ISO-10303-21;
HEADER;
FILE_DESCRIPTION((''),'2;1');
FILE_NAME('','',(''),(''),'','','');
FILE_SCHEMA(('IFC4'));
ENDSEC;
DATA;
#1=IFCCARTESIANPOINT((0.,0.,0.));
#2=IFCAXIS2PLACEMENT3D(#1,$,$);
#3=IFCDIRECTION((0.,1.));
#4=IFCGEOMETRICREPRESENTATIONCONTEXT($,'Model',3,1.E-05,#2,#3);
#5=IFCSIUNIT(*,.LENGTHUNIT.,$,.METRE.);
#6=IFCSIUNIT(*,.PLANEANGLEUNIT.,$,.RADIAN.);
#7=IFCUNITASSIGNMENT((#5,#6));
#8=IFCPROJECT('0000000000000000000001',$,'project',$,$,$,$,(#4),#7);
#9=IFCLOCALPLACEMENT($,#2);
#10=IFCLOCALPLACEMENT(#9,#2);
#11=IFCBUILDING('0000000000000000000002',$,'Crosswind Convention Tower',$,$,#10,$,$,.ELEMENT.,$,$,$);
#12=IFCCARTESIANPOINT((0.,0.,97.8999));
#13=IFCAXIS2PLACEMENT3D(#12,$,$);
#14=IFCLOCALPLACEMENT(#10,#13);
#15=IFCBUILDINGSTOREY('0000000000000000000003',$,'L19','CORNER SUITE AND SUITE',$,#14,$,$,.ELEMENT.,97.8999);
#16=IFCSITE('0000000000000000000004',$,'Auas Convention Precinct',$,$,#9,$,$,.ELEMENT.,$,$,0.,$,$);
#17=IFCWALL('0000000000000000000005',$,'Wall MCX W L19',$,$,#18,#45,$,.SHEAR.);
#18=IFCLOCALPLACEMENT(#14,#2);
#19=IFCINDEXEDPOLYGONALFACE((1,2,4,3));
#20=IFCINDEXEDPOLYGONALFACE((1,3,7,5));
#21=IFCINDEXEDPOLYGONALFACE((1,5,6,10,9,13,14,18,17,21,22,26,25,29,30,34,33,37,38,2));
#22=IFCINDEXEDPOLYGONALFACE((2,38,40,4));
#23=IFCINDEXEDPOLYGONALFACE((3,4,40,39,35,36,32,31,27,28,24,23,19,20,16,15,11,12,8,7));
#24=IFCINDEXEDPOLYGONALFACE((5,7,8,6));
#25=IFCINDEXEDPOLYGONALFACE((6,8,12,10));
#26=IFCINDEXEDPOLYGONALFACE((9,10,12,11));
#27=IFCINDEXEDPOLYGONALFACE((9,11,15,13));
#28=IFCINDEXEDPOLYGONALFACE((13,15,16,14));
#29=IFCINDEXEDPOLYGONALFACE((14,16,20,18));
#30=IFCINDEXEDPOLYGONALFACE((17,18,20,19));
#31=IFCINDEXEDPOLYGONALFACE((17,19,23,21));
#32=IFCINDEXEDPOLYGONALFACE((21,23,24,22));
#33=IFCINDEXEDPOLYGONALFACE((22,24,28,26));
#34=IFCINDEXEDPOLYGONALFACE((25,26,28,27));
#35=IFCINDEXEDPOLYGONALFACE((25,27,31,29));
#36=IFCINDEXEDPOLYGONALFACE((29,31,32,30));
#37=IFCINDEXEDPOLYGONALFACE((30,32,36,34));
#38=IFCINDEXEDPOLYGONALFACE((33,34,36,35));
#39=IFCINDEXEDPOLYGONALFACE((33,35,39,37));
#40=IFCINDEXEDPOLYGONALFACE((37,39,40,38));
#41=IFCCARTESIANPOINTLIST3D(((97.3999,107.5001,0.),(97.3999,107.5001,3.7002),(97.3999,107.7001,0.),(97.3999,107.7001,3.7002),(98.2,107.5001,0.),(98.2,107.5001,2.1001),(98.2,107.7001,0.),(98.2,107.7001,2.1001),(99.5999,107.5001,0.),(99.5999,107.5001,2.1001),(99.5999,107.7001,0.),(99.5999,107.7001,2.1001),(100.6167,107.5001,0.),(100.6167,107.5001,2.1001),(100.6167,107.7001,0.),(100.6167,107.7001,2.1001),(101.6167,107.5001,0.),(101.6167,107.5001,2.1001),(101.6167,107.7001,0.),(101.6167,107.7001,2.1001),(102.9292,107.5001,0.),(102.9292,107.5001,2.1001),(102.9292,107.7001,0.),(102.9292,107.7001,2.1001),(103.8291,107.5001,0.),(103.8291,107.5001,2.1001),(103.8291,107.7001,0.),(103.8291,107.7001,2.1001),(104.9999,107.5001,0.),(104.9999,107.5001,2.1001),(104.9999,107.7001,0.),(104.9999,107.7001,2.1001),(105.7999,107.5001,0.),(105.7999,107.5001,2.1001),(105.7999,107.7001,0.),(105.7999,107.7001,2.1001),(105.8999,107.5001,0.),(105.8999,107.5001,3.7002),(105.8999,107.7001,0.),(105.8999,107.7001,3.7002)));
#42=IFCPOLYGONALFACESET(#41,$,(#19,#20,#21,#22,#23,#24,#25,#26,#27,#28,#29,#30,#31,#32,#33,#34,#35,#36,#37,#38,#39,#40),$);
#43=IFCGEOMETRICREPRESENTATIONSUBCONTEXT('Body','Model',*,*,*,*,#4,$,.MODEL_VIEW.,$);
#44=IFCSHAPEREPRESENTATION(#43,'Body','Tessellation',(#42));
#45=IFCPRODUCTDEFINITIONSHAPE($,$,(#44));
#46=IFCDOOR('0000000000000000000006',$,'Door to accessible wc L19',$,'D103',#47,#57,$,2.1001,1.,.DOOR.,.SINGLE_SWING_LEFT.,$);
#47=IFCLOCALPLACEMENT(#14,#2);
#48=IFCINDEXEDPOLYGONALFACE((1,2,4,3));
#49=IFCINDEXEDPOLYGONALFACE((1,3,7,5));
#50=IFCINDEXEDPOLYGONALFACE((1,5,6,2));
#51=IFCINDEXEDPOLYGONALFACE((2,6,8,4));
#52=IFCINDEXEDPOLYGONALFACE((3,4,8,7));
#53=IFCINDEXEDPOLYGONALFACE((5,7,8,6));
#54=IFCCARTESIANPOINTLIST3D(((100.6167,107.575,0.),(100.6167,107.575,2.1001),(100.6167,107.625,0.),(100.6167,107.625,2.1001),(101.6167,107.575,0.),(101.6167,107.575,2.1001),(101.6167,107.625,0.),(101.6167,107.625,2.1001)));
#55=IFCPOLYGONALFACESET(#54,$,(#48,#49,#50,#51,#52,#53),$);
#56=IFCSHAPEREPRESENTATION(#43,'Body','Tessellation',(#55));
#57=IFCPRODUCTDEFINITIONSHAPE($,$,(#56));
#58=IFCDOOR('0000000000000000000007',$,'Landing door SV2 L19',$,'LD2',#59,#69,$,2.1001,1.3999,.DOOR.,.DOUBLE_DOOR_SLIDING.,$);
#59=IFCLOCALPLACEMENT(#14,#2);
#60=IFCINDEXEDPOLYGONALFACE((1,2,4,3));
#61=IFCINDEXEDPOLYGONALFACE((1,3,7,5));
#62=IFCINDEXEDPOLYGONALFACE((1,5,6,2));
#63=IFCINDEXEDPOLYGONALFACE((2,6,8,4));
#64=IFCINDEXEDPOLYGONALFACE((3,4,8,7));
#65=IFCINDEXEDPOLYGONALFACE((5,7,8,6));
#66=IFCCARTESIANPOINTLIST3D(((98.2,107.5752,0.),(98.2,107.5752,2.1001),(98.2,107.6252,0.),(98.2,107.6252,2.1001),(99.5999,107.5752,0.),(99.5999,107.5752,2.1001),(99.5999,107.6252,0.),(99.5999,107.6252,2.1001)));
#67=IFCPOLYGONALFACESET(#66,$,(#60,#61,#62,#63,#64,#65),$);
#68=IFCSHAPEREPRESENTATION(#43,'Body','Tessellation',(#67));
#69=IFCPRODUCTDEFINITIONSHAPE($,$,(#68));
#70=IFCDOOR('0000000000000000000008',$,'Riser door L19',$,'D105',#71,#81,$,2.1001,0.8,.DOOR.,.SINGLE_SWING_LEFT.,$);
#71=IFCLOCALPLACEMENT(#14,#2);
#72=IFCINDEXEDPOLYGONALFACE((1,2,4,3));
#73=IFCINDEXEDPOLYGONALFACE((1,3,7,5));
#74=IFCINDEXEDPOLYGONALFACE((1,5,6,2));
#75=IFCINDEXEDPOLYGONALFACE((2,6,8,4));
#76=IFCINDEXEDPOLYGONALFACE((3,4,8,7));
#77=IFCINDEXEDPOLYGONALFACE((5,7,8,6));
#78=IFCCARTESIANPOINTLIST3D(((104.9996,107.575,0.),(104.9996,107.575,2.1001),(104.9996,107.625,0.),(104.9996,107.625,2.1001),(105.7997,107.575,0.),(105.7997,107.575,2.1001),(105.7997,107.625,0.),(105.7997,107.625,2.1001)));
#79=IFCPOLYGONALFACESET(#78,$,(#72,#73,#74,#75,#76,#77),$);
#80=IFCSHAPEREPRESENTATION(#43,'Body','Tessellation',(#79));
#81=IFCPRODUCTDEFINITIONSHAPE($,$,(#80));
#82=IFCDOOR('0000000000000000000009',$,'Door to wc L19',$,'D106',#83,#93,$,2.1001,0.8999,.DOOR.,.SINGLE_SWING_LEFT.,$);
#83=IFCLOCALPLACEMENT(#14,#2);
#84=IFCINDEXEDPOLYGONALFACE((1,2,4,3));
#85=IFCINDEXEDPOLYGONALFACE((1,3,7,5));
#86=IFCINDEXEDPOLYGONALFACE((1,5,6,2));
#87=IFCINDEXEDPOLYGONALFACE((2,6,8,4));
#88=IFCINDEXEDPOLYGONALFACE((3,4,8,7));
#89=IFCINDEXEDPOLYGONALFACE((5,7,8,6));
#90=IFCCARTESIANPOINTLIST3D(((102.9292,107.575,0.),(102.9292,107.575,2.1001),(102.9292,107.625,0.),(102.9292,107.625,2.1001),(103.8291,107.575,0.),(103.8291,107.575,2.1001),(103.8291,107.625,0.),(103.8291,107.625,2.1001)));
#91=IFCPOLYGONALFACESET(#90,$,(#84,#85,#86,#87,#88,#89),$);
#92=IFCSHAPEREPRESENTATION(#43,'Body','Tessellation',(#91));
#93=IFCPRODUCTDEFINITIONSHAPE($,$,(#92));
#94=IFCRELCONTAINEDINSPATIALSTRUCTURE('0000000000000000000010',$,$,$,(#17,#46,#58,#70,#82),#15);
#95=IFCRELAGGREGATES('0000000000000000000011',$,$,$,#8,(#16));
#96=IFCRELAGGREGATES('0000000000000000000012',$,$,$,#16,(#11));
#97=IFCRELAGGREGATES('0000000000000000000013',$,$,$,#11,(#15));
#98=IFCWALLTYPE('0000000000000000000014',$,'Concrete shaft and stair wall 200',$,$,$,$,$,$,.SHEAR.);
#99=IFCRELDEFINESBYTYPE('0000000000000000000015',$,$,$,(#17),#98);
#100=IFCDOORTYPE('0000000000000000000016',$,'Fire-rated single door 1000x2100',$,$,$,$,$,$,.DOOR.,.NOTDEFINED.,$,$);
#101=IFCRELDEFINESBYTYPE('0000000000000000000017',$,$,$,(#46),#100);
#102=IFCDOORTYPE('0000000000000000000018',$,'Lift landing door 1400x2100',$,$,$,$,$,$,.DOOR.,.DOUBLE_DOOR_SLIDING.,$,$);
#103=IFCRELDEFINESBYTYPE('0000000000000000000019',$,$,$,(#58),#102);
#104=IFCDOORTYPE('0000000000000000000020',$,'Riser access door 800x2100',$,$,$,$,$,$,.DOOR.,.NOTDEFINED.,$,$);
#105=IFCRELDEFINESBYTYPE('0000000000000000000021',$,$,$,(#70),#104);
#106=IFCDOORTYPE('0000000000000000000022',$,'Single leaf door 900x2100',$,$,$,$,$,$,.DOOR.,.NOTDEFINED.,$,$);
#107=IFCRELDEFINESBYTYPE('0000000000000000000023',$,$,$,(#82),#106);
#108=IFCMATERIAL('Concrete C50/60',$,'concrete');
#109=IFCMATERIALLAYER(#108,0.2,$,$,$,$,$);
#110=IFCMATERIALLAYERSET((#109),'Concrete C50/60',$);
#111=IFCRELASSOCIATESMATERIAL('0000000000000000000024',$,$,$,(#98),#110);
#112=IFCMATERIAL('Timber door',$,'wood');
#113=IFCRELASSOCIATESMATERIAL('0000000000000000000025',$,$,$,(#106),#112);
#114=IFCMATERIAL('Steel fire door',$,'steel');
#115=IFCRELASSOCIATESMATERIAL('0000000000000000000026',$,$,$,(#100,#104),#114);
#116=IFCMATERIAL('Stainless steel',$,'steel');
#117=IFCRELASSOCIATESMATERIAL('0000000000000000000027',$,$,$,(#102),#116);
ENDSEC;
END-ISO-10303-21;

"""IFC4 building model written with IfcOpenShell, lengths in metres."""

from ifc_helpers import new_model, si_unit, direction, frame, frame_2d, origin, place, context, subcontext, project, spatial, rectangle, extrude, material, layer, layer_set, type_object, element, fill, save


model = new_model("IFC4")

# Units and contexts
model_context = context("Model", 3, precision=1e-05, world=origin(), true_north=direction((0.0, 1.0)))
body_context = subcontext(model_context, "Body", "Model", "MODEL_VIEW")
ifc_project = project(units=[si_unit("LENGTHUNIT", "METRE"), si_unit("PLANEANGLEUNIT", "RADIAN")], contexts=[model_context])

# Site, building, storey
site_placement = place(None, origin())
site = spatial("IfcSite", under=ifc_project, at=site_placement, Name="Auas Convention Precinct", CompositionType="ELEMENT", RefElevation=0.0)
building_placement = place(site_placement, origin())
building = spatial("IfcBuilding", under=site, at=building_placement, Name="Crosswind Convention Tower", CompositionType="ELEMENT")
storey_placement = place(building_placement, frame((0.0, 0.0, 97.8999)))
storey = spatial("IfcBuildingStorey", under=building, at=storey_placement, Name="L19", Description="CORNER SUITE AND SUITE", CompositionType="ELEMENT", Elevation=97.8999)

# Shared definitions
ifc_material_1 = material(Name="Concrete C50/60", Category="concrete")
ifc_layer_1 = layer(ifc_material_1, 0.2)
ifc_layer_set_1 = layer_set([ifc_layer_1], Name="Concrete C50/60")
wall_type_1 = type_object("IfcWallType", Name="Concrete shaft and stair wall 200", PredefinedType="SHEAR", material=ifc_layer_set_1)
ifc_material_2 = material(Name="Timber door", Category="wood")
door_type_1 = type_object("IfcDoorType", Name="Single leaf door 900x2100", OperationType="NOTDEFINED", PredefinedType="DOOR", material=ifc_material_2)

# Shared definitions
ifc_material_3 = material(Name="Steel fire door", Category="steel")
door_type_2 = type_object("IfcDoorType", Name="Fire-rated single door 1000x2100", OperationType="NOTDEFINED", PredefinedType="DOOR", material=ifc_material_3)

# Wall, openings, doors
wall_1_placement = place(storey_placement, frame((105.8999, 107.6001, 0.0), z_axis=(0.0, 0.0, 1.0), x_axis=(-1.0, 0.0, 0.0)))
wall_1 = element("IfcWall", 1, at=wall_1_placement, inside=storey, type_object=wall_type_1, Name="Wall MCX W L19", PredefinedType="SHEAR", context=body_context, shape_type="SweptSolid", body=[
    extrude(rectangle(XDim=8.5, YDim=0.2, at=frame_2d((4.25, 0.0))), origin(), (0.0, 0.0, 1.0), 3.7002),
])
opening_1_placement = place(wall_1_placement, frame((0.1001, 0.0, 0.0)))
opening_1 = element("IfcOpeningElement", 2, at=opening_1_placement, cuts=wall_1, PredefinedType="OPENING", context=body_context, shape_type="SweptSolid", body=[
    extrude(rectangle(XDim=0.8, YDim=2.1001, at=frame_2d((0.3999, 1.05))), frame((0.0, 0.1099, 0.0), z_axis=(0.0, -1.0, 0.0), x_axis=(1.0, 0.0, 0.0)), (0.0, 0.0, 1.0), 0.22),
])
opening_2_placement = place(wall_1_placement, frame((2.0708, 0.0, 0.0)))
opening_2 = element("IfcOpeningElement", 3, at=opening_2_placement, cuts=wall_1, PredefinedType="OPENING", context=body_context, shape_type="SweptSolid", body=[
    extrude(rectangle(XDim=0.8999, YDim=2.1001, at=frame_2d((0.45, 1.05))), frame((0.0, 0.1099, 0.0), z_axis=(0.0, -1.0, 0.0), x_axis=(1.0, 0.0, 0.0)), (0.0, 0.0, 1.0), 0.22),
])
opening_3_placement = place(wall_1_placement, frame((4.2832, 0.0, 0.0)))
opening_3 = element("IfcOpeningElement", 4, at=opening_3_placement, cuts=wall_1, PredefinedType="OPENING", context=body_context, shape_type="SweptSolid", body=[
    extrude(rectangle(XDim=1.0, YDim=2.1001, at=frame_2d((0.5, 1.05))), frame((0.0, 0.1099, 0.0), z_axis=(0.0, -1.0, 0.0), x_axis=(1.0, 0.0, 0.0)), (0.0, 0.0, 1.0), 0.22),
])
opening_4_placement = place(wall_1_placement, frame((6.3, 0.0, 0.0)))
opening_4 = element("IfcOpeningElement", 5, at=opening_4_placement, cuts=wall_1, PredefinedType="OPENING", context=body_context, shape_type="SweptSolid", body=[
    extrude(rectangle(XDim=1.3999, YDim=2.1001, at=frame_2d((0.7, 1.05))), frame((0.0, 0.1099, 0.0), z_axis=(0.0, -1.0, 0.0), x_axis=(1.0, 0.0, 0.0)), (0.0, 0.0, 1.0), 0.22),
])
door_1_placement = place(opening_3_placement, frame((1.0, 0.0, 0.0), z_axis=(0.0, 0.0, 1.0), x_axis=(-1.0, 0.0, 0.0)))
door_1 = element("IfcDoor", 6, at=door_1_placement, inside=storey, type_object=door_type_2, Name="Door to accessible wc L19", ObjectType="D103", OperationType="SINGLE_SWING_LEFT", OverallHeight=2.1001, OverallWidth=1.0, PredefinedType="DOOR", context=body_context, shape_type="SweptSolid", body=[
    extrude(rectangle(XDim=1.0, YDim=2.1001, at=frame_2d((0.5, 1.05))), frame((0.0, 0.0249, 0.0), z_axis=(0.0, -1.0, 0.0), x_axis=(1.0, 0.0, 0.0)), (0.0, 0.0, 1.0), 0.05),
])
fill(opening_3, door_1)
ifc_material_4 = material(Name="Stainless steel", Category="steel")
door_type_3 = type_object("IfcDoorType", Name="Lift landing door 1400x2100", OperationType="DOUBLE_DOOR_SLIDING", PredefinedType="DOOR", material=ifc_material_4)
door_2_placement = place(opening_4_placement, origin())
door_2 = element("IfcDoor", 7, at=door_2_placement, inside=storey, type_object=door_type_3, Name="Landing door SV2 L19", ObjectType="LD2", OperationType="DOUBLE_DOOR_SLIDING", OverallHeight=2.1001, OverallWidth=1.3999, PredefinedType="DOOR", context=body_context, shape_type="SweptSolid", body=[
    extrude(rectangle(XDim=1.3999, YDim=2.1001, at=frame_2d((0.7, 1.05))), frame((0.0, 0.0249, 0.0), z_axis=(0.0, -1.0, 0.0), x_axis=(1.0, 0.0, 0.0)), (0.0, 0.0, 1.0), 0.05),
])
fill(opening_4, door_2)
door_type_4 = type_object("IfcDoorType", Name="Riser access door 800x2100", OperationType="NOTDEFINED", PredefinedType="DOOR", material=ifc_material_3)
door_3_placement = place(opening_1_placement, frame((0.8, 0.0, 0.0), z_axis=(0.0, 0.0, 1.0), x_axis=(-1.0, 0.0, 0.0)))
door_3 = element("IfcDoor", 8, at=door_3_placement, inside=storey, type_object=door_type_4, Name="Riser door L19", ObjectType="D105", OperationType="SINGLE_SWING_LEFT", OverallHeight=2.1001, OverallWidth=0.8, PredefinedType="DOOR", context=body_context, shape_type="SweptSolid", body=[
    extrude(rectangle(XDim=0.8, YDim=2.1001, at=frame_2d((0.3999, 1.05))), frame((0.0, 0.0249, 0.0), z_axis=(0.0, -1.0, 0.0), x_axis=(1.0, 0.0, 0.0)), (0.0, 0.0, 1.0), 0.05),
])
fill(opening_1, door_3)
door_4_placement = place(opening_2_placement, frame((0.8999, 0.0, 0.0), z_axis=(0.0, 0.0, 1.0), x_axis=(-1.0, 0.0, 0.0)))
door_4 = element("IfcDoor", 9, at=door_4_placement, inside=storey, type_object=door_type_1, Name="Door to wc L19", ObjectType="D106", OperationType="SINGLE_SWING_LEFT", OverallHeight=2.1001, OverallWidth=0.8999, PredefinedType="DOOR", context=body_context, shape_type="SweptSolid", body=[
    extrude(rectangle(XDim=0.8999, YDim=2.1001, at=frame_2d((0.45, 1.05))), frame((0.0, 0.0249, 0.0), z_axis=(0.0, -1.0, 0.0), x_axis=(1.0, 0.0, 0.0)), (0.0, 0.0, 1.0), 0.05),
])
fill(opening_2, door_4)

save(model, "model.ifc")
